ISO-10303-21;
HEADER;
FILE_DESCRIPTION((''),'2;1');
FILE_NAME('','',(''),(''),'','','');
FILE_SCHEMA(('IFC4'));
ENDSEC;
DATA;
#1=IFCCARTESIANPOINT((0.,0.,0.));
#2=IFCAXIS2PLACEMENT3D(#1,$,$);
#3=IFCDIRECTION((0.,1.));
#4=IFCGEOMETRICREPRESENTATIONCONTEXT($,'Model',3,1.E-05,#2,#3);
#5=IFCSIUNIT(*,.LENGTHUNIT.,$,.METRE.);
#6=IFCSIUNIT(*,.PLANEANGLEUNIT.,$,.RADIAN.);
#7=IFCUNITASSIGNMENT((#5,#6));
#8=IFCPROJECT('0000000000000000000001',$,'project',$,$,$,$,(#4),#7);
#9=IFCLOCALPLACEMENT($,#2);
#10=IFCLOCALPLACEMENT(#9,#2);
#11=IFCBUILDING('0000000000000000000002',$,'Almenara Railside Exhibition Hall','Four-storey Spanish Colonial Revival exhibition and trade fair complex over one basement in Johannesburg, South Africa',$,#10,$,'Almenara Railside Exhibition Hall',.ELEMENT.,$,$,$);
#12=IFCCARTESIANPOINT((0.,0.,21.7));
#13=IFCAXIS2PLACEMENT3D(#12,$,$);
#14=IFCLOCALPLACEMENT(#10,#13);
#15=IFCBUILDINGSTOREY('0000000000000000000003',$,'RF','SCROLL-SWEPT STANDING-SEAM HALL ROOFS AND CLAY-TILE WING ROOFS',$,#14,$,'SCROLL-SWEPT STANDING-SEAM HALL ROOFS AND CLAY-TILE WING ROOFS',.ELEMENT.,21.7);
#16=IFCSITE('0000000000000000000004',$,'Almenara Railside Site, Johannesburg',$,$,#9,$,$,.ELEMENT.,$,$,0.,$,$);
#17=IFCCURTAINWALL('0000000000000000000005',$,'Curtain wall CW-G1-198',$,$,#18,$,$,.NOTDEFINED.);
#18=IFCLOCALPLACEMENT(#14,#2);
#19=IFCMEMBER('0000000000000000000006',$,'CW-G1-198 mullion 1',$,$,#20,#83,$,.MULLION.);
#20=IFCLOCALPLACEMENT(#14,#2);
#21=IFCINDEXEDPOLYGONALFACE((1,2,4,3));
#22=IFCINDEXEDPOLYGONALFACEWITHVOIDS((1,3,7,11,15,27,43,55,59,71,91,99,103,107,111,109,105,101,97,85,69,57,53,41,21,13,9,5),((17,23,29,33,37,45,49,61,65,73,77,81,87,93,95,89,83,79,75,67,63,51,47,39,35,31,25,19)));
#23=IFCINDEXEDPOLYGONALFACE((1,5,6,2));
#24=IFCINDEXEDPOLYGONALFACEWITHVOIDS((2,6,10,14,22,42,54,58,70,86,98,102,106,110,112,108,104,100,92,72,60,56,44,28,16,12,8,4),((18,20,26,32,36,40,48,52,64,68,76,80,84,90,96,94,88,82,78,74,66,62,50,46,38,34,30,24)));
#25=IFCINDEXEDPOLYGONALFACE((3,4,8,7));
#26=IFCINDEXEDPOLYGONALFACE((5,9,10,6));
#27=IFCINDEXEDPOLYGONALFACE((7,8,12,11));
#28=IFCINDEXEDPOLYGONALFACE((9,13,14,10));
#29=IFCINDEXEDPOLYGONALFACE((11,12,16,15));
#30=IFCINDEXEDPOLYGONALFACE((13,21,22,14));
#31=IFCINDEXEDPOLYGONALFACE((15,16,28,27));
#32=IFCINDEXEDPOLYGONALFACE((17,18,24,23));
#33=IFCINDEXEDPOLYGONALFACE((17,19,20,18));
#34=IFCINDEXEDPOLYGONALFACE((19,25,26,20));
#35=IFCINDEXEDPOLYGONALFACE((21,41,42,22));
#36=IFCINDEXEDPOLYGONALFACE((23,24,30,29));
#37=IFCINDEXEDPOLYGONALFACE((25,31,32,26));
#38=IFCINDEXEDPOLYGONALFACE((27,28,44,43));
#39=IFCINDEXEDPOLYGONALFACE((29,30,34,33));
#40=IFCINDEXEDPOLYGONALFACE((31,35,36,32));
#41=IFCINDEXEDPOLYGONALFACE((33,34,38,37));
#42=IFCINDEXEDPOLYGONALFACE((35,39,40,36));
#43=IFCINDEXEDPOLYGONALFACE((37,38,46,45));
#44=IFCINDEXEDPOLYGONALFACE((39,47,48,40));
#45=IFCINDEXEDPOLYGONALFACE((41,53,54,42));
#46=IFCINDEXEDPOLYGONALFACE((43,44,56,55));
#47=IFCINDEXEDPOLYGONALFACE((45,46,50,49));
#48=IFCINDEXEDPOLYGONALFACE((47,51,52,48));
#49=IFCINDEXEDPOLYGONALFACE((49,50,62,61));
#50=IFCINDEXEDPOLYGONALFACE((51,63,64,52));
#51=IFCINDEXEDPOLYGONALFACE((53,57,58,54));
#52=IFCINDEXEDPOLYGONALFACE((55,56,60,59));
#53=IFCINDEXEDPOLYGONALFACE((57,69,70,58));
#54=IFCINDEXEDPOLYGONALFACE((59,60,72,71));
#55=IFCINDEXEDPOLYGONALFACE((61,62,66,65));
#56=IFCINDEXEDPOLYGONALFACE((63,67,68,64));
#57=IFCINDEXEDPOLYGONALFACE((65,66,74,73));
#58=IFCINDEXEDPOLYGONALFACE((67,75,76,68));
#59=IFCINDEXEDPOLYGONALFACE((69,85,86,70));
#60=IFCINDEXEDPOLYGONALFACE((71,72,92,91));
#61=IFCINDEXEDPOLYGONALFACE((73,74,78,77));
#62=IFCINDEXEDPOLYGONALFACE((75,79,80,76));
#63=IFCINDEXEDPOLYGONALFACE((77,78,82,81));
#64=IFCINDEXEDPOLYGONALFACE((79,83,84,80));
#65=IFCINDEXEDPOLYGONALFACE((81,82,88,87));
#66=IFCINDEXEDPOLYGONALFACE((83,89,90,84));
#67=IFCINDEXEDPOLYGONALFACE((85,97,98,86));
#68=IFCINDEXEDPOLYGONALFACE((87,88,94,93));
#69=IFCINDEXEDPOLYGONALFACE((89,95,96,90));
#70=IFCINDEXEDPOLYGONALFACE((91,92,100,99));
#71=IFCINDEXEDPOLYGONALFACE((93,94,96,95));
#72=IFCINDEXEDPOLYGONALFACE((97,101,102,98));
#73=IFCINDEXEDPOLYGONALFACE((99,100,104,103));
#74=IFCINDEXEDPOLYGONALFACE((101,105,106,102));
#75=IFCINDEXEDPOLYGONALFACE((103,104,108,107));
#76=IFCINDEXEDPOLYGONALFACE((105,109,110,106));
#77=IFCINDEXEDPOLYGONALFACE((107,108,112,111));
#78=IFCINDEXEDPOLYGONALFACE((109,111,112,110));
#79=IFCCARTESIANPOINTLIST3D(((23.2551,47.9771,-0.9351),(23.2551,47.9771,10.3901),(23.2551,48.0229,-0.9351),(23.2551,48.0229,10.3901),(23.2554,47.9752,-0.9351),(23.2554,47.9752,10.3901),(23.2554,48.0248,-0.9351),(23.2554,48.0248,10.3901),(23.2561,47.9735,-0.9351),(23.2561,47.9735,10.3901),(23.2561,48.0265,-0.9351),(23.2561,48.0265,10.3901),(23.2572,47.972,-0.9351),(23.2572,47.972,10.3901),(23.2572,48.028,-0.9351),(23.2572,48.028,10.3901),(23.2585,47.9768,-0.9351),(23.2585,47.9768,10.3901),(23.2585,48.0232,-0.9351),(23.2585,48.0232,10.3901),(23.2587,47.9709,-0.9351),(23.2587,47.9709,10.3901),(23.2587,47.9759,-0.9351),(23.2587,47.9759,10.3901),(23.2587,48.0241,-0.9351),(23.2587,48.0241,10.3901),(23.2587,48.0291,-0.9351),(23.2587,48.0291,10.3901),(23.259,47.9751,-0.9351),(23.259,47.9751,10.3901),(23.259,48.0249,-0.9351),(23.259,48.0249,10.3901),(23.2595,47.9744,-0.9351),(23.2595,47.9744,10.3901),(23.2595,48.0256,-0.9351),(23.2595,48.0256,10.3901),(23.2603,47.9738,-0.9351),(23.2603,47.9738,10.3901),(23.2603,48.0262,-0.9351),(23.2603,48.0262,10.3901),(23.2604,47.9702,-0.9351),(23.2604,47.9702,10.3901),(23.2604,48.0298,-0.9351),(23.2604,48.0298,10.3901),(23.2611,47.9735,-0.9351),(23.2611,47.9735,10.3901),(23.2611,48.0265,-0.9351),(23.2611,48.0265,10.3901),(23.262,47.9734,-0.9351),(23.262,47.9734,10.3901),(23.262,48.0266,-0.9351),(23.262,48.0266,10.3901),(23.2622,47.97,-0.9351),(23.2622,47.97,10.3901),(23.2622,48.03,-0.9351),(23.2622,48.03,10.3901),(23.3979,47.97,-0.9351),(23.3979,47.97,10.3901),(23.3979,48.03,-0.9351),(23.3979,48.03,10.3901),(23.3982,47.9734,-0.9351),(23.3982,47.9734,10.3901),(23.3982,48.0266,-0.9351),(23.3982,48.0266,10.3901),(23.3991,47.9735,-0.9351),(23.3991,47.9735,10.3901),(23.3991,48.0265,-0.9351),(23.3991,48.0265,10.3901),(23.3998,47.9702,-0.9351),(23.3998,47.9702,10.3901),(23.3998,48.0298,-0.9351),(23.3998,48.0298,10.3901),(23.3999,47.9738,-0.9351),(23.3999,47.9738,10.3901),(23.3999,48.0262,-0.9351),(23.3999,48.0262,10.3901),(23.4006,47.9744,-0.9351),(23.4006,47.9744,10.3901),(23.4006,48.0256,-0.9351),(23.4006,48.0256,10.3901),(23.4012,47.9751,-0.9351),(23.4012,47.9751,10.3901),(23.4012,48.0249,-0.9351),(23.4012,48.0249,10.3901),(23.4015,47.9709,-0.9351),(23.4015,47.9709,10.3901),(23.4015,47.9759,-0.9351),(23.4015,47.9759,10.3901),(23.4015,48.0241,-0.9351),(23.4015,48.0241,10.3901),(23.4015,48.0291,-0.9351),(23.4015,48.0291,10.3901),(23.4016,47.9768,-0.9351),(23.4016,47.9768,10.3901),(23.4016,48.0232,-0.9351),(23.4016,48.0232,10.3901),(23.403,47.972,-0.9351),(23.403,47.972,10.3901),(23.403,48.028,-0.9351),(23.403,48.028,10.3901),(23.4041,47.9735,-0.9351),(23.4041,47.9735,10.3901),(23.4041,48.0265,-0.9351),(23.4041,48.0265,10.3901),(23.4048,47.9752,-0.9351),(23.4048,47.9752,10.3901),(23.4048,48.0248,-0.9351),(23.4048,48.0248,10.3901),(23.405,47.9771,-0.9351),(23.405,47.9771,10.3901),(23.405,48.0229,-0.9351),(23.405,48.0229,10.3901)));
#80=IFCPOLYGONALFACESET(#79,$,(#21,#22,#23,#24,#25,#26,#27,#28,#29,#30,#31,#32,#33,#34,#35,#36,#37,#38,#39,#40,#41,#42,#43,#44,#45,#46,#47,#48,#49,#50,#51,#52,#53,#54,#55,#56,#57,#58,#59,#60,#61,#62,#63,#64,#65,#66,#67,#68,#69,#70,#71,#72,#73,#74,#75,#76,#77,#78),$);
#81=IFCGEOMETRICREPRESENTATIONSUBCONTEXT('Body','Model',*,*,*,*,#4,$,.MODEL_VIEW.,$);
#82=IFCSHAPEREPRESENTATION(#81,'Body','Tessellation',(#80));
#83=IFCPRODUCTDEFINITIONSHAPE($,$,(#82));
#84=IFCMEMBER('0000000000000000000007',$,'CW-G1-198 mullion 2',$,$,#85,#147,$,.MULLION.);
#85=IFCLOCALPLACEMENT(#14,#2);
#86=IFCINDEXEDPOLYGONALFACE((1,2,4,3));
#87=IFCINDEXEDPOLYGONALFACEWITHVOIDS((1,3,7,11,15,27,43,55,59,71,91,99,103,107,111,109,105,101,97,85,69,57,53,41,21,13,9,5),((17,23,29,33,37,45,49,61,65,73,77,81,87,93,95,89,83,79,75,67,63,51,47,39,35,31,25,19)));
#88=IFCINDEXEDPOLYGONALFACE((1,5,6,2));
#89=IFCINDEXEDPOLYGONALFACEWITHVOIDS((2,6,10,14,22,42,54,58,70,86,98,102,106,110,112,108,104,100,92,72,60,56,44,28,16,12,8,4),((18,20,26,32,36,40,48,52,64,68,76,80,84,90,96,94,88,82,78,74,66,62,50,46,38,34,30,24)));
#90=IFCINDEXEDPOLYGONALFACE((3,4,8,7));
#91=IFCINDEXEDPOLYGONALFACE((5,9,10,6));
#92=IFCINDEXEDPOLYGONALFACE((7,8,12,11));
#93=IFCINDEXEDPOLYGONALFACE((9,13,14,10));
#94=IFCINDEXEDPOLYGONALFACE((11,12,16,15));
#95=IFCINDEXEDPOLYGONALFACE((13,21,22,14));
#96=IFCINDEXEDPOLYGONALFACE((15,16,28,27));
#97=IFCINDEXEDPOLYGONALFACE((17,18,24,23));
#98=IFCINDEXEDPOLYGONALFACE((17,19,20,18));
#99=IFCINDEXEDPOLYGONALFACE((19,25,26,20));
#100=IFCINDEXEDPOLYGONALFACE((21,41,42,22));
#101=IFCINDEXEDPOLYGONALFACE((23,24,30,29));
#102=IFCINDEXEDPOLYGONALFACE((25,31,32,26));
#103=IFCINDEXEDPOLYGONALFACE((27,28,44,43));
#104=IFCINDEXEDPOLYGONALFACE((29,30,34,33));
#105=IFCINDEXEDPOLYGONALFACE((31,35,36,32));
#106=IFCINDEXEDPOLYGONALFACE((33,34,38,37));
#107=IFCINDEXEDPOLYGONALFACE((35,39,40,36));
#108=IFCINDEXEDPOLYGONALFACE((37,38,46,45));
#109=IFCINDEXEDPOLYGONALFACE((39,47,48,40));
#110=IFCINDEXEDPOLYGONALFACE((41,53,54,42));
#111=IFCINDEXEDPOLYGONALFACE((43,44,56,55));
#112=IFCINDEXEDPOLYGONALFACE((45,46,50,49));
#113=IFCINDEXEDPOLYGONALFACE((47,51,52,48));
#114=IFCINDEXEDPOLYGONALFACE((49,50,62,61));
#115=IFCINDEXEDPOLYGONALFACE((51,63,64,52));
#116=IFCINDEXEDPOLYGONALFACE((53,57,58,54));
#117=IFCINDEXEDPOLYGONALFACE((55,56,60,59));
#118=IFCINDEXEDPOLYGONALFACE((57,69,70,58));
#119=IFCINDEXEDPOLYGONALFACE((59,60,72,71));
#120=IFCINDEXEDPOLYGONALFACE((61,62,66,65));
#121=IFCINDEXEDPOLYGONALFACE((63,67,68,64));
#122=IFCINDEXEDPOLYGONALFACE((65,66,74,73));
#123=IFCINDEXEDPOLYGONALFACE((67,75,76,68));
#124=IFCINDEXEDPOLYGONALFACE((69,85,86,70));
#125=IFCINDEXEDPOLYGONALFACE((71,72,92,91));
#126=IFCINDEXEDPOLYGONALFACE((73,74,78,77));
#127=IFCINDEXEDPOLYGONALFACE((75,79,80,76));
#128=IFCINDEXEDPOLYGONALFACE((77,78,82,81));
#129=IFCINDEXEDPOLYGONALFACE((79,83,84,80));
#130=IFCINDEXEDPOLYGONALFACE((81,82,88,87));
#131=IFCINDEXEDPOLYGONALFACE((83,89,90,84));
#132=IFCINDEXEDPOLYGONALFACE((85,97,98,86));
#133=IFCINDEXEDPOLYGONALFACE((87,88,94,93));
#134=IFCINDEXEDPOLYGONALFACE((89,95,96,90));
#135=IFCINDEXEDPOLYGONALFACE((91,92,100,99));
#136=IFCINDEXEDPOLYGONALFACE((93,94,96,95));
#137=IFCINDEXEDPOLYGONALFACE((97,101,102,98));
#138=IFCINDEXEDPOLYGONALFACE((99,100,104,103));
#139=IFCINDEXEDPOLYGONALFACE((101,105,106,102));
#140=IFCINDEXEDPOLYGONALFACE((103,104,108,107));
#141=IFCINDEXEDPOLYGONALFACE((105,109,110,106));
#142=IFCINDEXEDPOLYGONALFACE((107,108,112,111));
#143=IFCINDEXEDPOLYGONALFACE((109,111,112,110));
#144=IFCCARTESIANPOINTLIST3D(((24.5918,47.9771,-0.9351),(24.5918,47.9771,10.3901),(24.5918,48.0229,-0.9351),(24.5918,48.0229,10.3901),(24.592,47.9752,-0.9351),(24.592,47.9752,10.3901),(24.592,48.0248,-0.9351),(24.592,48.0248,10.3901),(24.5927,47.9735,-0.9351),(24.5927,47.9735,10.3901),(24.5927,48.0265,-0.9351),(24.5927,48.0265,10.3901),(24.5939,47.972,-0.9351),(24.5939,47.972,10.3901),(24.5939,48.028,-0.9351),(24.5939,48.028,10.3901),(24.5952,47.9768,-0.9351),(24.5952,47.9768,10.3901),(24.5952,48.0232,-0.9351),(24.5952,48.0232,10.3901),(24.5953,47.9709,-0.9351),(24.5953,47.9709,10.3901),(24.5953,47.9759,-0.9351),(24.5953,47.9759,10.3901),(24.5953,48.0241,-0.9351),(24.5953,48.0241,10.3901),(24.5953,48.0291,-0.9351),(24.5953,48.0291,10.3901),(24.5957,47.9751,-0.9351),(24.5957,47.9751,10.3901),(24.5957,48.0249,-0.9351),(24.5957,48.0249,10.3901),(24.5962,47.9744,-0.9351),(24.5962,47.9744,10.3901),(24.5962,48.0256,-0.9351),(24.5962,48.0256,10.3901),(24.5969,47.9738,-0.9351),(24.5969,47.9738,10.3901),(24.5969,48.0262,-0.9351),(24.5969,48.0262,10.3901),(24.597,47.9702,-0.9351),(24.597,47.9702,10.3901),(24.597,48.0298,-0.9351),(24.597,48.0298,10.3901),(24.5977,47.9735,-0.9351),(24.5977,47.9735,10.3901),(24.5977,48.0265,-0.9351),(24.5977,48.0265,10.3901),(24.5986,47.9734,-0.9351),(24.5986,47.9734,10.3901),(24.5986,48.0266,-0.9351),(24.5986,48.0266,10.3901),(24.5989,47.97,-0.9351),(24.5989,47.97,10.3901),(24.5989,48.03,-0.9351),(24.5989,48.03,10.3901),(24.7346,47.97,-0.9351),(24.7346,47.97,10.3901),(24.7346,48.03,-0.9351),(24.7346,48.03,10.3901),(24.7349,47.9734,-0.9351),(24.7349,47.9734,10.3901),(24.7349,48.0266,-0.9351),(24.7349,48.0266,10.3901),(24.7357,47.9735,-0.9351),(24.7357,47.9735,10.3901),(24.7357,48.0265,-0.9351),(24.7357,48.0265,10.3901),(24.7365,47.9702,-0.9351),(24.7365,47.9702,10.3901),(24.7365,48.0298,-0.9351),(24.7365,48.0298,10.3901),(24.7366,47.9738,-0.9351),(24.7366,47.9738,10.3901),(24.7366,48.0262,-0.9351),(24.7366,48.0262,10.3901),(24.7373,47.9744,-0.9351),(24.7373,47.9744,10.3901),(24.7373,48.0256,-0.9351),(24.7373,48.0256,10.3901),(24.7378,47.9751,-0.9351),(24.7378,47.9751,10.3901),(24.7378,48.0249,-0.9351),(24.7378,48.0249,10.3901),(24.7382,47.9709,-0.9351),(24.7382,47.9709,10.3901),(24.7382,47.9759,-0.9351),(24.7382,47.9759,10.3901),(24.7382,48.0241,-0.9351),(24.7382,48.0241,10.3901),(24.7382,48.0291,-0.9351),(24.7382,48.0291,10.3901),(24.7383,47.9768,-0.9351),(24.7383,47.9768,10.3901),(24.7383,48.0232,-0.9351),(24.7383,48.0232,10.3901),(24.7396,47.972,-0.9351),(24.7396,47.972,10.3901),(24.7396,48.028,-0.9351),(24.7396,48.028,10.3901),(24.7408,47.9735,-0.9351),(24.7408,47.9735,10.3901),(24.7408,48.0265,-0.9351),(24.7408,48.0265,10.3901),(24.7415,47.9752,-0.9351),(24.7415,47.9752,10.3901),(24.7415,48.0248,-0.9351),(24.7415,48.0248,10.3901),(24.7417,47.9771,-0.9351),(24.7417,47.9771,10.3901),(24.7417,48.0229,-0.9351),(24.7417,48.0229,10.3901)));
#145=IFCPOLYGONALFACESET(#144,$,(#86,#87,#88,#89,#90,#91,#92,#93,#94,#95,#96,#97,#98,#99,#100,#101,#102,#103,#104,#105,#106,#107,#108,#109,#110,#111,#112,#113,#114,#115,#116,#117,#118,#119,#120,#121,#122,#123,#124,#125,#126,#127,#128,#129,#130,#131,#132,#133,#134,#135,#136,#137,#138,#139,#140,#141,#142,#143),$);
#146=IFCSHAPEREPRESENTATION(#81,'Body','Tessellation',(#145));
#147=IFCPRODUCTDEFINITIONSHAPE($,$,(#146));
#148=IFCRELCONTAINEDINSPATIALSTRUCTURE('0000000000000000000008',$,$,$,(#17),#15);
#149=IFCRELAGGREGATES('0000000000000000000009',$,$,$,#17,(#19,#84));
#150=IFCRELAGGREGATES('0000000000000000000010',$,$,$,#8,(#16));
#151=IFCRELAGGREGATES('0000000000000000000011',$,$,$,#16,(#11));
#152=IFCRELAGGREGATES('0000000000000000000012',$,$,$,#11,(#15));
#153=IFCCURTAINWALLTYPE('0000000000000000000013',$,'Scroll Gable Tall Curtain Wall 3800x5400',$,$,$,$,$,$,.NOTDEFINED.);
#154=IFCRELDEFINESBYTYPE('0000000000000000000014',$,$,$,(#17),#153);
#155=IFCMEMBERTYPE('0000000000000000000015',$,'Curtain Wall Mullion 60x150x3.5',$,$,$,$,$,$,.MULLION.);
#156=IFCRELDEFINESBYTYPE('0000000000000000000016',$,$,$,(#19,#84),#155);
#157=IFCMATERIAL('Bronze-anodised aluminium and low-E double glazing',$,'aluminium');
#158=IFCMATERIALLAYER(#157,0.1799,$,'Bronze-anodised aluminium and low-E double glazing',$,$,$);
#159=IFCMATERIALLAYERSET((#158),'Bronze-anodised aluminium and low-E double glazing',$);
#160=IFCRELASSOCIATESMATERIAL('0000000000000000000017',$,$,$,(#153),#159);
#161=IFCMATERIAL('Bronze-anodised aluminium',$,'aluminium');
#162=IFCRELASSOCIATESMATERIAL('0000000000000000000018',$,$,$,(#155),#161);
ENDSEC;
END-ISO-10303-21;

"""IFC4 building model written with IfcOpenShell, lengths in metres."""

from ifc_helpers import new_model, si_unit, direction, frame, origin, origin_2d, place, context, subcontext, project, spatial, hollow_rectangle, extrude, material, layer, layer_set, material_profile, profile_set, type_object, element, aggregate, save


model = new_model("IFC4")

# Units and contexts
model_context = context("Model", 3, precision=1e-05, world=origin(), true_north=direction((0.0, 1.0)))
body_context = subcontext(model_context, "Body", "Model", "MODEL_VIEW")
ifc_project = project(units=[si_unit("LENGTHUNIT", "METRE"), si_unit("PLANEANGLEUNIT", "RADIAN")], contexts=[model_context])

# Site, building, storey
site_placement = place(None, origin())
site = spatial("IfcSite", under=ifc_project, at=site_placement, Name="Almenara Railside Site, Johannesburg", CompositionType="ELEMENT", RefElevation=0.0)
building_placement = place(site_placement, origin())
building = spatial("IfcBuilding", under=site, at=building_placement, Name="Almenara Railside Exhibition Hall", Description="Four-storey Spanish Colonial Revival exhibition and trade fair complex over one basement in Johannesburg, South Africa", LongName="Almenara Railside Exhibition Hall", CompositionType="ELEMENT")
storey_placement = place(building_placement, frame((0.0, 0.0, 21.7)))
storey = spatial("IfcBuildingStorey", under=building, at=storey_placement, Name="RF", Description="SCROLL-SWEPT STANDING-SEAM HALL ROOFS AND CLAY-TILE WING ROOFS", LongName="SCROLL-SWEPT STANDING-SEAM HALL ROOFS AND CLAY-TILE WING ROOFS", CompositionType="ELEMENT", Elevation=21.7)

# Curtain wall, members
ifc_material_1 = material(Name="Bronze-anodised aluminium and low-E double glazing", Category="aluminium")
ifc_layer_1 = layer(ifc_material_1, 0.1799, Name="Bronze-anodised aluminium and low-E double glazing")
ifc_layer_set_1 = layer_set([ifc_layer_1], Name="Bronze-anodised aluminium and low-E double glazing")
curtain_wall_type = type_object("IfcCurtainWallType", Name="Scroll Gable Tall Curtain Wall 3800x5400", PredefinedType="NOTDEFINED", material=ifc_layer_set_1)
curtain_wall_1_placement = place(storey_placement, origin())
curtain_wall_1 = element("IfcCurtainWall", 1, at=curtain_wall_1_placement, inside=storey, type_object=curtain_wall_type, Name="Curtain wall CW-G1-198", PredefinedType="NOTDEFINED")
ifc_material_2 = material(Name="Bronze-anodised aluminium", Category="aluminium")
ifc_material_profile_1 = material_profile(ifc_material_2, hollow_rectangle(XDim=0.0601, YDim=0.1499, WallThickness=0.0034, InnerFilletRadius=0.0034, OuterFilletRadius=0.0071, at=origin_2d()), Name="ALU-MUL 60x150x3.5")
ifc_profile_set_1 = profile_set([ifc_material_profile_1], Name="Bronze-anodised aluminium")
member_type_1 = type_object("IfcMemberType", Name="Curtain Wall Mullion 60x150x3.5", PredefinedType="MULLION", material=ifc_profile_set_1)
member_1_placement = place(storey_placement, frame((23.3301, 48.0, -0.9351), z_axis=(0.0, 0.0, 1.0), x_axis=(0.0, 1.0, 0.0)))
member_1 = element("IfcMember", 2, at=member_1_placement, type_object=member_type_1, Name="CW-G1-198 mullion 1", PredefinedType="MULLION", context=body_context, shape_type="SweptSolid", body=[
    extrude(hollow_rectangle(XDim=0.0601, YDim=0.1499, WallThickness=0.0034, InnerFilletRadius=0.0034, OuterFilletRadius=0.0071, at=origin_2d()), origin(), (0.0, 0.0, 1.0), 11.3252),
])
member_2_placement = place(storey_placement, frame((24.6667, 48.0, -0.9351), z_axis=(0.0, 0.0, 1.0), x_axis=(0.0, 1.0, 0.0)))
member_2 = element("IfcMember", 3, at=member_2_placement, type_object=member_type_1, Name="CW-G1-198 mullion 2", PredefinedType="MULLION", context=body_context, shape_type="SweptSolid", body=[
    extrude(hollow_rectangle(XDim=0.0601, YDim=0.1499, WallThickness=0.0034, InnerFilletRadius=0.0034, OuterFilletRadius=0.0071, at=origin_2d()), origin(), (0.0, 0.0, 1.0), 11.3252),
])

aggregate(curtain_wall_1, [member_1, member_2])

save(model, "model.ifc")
